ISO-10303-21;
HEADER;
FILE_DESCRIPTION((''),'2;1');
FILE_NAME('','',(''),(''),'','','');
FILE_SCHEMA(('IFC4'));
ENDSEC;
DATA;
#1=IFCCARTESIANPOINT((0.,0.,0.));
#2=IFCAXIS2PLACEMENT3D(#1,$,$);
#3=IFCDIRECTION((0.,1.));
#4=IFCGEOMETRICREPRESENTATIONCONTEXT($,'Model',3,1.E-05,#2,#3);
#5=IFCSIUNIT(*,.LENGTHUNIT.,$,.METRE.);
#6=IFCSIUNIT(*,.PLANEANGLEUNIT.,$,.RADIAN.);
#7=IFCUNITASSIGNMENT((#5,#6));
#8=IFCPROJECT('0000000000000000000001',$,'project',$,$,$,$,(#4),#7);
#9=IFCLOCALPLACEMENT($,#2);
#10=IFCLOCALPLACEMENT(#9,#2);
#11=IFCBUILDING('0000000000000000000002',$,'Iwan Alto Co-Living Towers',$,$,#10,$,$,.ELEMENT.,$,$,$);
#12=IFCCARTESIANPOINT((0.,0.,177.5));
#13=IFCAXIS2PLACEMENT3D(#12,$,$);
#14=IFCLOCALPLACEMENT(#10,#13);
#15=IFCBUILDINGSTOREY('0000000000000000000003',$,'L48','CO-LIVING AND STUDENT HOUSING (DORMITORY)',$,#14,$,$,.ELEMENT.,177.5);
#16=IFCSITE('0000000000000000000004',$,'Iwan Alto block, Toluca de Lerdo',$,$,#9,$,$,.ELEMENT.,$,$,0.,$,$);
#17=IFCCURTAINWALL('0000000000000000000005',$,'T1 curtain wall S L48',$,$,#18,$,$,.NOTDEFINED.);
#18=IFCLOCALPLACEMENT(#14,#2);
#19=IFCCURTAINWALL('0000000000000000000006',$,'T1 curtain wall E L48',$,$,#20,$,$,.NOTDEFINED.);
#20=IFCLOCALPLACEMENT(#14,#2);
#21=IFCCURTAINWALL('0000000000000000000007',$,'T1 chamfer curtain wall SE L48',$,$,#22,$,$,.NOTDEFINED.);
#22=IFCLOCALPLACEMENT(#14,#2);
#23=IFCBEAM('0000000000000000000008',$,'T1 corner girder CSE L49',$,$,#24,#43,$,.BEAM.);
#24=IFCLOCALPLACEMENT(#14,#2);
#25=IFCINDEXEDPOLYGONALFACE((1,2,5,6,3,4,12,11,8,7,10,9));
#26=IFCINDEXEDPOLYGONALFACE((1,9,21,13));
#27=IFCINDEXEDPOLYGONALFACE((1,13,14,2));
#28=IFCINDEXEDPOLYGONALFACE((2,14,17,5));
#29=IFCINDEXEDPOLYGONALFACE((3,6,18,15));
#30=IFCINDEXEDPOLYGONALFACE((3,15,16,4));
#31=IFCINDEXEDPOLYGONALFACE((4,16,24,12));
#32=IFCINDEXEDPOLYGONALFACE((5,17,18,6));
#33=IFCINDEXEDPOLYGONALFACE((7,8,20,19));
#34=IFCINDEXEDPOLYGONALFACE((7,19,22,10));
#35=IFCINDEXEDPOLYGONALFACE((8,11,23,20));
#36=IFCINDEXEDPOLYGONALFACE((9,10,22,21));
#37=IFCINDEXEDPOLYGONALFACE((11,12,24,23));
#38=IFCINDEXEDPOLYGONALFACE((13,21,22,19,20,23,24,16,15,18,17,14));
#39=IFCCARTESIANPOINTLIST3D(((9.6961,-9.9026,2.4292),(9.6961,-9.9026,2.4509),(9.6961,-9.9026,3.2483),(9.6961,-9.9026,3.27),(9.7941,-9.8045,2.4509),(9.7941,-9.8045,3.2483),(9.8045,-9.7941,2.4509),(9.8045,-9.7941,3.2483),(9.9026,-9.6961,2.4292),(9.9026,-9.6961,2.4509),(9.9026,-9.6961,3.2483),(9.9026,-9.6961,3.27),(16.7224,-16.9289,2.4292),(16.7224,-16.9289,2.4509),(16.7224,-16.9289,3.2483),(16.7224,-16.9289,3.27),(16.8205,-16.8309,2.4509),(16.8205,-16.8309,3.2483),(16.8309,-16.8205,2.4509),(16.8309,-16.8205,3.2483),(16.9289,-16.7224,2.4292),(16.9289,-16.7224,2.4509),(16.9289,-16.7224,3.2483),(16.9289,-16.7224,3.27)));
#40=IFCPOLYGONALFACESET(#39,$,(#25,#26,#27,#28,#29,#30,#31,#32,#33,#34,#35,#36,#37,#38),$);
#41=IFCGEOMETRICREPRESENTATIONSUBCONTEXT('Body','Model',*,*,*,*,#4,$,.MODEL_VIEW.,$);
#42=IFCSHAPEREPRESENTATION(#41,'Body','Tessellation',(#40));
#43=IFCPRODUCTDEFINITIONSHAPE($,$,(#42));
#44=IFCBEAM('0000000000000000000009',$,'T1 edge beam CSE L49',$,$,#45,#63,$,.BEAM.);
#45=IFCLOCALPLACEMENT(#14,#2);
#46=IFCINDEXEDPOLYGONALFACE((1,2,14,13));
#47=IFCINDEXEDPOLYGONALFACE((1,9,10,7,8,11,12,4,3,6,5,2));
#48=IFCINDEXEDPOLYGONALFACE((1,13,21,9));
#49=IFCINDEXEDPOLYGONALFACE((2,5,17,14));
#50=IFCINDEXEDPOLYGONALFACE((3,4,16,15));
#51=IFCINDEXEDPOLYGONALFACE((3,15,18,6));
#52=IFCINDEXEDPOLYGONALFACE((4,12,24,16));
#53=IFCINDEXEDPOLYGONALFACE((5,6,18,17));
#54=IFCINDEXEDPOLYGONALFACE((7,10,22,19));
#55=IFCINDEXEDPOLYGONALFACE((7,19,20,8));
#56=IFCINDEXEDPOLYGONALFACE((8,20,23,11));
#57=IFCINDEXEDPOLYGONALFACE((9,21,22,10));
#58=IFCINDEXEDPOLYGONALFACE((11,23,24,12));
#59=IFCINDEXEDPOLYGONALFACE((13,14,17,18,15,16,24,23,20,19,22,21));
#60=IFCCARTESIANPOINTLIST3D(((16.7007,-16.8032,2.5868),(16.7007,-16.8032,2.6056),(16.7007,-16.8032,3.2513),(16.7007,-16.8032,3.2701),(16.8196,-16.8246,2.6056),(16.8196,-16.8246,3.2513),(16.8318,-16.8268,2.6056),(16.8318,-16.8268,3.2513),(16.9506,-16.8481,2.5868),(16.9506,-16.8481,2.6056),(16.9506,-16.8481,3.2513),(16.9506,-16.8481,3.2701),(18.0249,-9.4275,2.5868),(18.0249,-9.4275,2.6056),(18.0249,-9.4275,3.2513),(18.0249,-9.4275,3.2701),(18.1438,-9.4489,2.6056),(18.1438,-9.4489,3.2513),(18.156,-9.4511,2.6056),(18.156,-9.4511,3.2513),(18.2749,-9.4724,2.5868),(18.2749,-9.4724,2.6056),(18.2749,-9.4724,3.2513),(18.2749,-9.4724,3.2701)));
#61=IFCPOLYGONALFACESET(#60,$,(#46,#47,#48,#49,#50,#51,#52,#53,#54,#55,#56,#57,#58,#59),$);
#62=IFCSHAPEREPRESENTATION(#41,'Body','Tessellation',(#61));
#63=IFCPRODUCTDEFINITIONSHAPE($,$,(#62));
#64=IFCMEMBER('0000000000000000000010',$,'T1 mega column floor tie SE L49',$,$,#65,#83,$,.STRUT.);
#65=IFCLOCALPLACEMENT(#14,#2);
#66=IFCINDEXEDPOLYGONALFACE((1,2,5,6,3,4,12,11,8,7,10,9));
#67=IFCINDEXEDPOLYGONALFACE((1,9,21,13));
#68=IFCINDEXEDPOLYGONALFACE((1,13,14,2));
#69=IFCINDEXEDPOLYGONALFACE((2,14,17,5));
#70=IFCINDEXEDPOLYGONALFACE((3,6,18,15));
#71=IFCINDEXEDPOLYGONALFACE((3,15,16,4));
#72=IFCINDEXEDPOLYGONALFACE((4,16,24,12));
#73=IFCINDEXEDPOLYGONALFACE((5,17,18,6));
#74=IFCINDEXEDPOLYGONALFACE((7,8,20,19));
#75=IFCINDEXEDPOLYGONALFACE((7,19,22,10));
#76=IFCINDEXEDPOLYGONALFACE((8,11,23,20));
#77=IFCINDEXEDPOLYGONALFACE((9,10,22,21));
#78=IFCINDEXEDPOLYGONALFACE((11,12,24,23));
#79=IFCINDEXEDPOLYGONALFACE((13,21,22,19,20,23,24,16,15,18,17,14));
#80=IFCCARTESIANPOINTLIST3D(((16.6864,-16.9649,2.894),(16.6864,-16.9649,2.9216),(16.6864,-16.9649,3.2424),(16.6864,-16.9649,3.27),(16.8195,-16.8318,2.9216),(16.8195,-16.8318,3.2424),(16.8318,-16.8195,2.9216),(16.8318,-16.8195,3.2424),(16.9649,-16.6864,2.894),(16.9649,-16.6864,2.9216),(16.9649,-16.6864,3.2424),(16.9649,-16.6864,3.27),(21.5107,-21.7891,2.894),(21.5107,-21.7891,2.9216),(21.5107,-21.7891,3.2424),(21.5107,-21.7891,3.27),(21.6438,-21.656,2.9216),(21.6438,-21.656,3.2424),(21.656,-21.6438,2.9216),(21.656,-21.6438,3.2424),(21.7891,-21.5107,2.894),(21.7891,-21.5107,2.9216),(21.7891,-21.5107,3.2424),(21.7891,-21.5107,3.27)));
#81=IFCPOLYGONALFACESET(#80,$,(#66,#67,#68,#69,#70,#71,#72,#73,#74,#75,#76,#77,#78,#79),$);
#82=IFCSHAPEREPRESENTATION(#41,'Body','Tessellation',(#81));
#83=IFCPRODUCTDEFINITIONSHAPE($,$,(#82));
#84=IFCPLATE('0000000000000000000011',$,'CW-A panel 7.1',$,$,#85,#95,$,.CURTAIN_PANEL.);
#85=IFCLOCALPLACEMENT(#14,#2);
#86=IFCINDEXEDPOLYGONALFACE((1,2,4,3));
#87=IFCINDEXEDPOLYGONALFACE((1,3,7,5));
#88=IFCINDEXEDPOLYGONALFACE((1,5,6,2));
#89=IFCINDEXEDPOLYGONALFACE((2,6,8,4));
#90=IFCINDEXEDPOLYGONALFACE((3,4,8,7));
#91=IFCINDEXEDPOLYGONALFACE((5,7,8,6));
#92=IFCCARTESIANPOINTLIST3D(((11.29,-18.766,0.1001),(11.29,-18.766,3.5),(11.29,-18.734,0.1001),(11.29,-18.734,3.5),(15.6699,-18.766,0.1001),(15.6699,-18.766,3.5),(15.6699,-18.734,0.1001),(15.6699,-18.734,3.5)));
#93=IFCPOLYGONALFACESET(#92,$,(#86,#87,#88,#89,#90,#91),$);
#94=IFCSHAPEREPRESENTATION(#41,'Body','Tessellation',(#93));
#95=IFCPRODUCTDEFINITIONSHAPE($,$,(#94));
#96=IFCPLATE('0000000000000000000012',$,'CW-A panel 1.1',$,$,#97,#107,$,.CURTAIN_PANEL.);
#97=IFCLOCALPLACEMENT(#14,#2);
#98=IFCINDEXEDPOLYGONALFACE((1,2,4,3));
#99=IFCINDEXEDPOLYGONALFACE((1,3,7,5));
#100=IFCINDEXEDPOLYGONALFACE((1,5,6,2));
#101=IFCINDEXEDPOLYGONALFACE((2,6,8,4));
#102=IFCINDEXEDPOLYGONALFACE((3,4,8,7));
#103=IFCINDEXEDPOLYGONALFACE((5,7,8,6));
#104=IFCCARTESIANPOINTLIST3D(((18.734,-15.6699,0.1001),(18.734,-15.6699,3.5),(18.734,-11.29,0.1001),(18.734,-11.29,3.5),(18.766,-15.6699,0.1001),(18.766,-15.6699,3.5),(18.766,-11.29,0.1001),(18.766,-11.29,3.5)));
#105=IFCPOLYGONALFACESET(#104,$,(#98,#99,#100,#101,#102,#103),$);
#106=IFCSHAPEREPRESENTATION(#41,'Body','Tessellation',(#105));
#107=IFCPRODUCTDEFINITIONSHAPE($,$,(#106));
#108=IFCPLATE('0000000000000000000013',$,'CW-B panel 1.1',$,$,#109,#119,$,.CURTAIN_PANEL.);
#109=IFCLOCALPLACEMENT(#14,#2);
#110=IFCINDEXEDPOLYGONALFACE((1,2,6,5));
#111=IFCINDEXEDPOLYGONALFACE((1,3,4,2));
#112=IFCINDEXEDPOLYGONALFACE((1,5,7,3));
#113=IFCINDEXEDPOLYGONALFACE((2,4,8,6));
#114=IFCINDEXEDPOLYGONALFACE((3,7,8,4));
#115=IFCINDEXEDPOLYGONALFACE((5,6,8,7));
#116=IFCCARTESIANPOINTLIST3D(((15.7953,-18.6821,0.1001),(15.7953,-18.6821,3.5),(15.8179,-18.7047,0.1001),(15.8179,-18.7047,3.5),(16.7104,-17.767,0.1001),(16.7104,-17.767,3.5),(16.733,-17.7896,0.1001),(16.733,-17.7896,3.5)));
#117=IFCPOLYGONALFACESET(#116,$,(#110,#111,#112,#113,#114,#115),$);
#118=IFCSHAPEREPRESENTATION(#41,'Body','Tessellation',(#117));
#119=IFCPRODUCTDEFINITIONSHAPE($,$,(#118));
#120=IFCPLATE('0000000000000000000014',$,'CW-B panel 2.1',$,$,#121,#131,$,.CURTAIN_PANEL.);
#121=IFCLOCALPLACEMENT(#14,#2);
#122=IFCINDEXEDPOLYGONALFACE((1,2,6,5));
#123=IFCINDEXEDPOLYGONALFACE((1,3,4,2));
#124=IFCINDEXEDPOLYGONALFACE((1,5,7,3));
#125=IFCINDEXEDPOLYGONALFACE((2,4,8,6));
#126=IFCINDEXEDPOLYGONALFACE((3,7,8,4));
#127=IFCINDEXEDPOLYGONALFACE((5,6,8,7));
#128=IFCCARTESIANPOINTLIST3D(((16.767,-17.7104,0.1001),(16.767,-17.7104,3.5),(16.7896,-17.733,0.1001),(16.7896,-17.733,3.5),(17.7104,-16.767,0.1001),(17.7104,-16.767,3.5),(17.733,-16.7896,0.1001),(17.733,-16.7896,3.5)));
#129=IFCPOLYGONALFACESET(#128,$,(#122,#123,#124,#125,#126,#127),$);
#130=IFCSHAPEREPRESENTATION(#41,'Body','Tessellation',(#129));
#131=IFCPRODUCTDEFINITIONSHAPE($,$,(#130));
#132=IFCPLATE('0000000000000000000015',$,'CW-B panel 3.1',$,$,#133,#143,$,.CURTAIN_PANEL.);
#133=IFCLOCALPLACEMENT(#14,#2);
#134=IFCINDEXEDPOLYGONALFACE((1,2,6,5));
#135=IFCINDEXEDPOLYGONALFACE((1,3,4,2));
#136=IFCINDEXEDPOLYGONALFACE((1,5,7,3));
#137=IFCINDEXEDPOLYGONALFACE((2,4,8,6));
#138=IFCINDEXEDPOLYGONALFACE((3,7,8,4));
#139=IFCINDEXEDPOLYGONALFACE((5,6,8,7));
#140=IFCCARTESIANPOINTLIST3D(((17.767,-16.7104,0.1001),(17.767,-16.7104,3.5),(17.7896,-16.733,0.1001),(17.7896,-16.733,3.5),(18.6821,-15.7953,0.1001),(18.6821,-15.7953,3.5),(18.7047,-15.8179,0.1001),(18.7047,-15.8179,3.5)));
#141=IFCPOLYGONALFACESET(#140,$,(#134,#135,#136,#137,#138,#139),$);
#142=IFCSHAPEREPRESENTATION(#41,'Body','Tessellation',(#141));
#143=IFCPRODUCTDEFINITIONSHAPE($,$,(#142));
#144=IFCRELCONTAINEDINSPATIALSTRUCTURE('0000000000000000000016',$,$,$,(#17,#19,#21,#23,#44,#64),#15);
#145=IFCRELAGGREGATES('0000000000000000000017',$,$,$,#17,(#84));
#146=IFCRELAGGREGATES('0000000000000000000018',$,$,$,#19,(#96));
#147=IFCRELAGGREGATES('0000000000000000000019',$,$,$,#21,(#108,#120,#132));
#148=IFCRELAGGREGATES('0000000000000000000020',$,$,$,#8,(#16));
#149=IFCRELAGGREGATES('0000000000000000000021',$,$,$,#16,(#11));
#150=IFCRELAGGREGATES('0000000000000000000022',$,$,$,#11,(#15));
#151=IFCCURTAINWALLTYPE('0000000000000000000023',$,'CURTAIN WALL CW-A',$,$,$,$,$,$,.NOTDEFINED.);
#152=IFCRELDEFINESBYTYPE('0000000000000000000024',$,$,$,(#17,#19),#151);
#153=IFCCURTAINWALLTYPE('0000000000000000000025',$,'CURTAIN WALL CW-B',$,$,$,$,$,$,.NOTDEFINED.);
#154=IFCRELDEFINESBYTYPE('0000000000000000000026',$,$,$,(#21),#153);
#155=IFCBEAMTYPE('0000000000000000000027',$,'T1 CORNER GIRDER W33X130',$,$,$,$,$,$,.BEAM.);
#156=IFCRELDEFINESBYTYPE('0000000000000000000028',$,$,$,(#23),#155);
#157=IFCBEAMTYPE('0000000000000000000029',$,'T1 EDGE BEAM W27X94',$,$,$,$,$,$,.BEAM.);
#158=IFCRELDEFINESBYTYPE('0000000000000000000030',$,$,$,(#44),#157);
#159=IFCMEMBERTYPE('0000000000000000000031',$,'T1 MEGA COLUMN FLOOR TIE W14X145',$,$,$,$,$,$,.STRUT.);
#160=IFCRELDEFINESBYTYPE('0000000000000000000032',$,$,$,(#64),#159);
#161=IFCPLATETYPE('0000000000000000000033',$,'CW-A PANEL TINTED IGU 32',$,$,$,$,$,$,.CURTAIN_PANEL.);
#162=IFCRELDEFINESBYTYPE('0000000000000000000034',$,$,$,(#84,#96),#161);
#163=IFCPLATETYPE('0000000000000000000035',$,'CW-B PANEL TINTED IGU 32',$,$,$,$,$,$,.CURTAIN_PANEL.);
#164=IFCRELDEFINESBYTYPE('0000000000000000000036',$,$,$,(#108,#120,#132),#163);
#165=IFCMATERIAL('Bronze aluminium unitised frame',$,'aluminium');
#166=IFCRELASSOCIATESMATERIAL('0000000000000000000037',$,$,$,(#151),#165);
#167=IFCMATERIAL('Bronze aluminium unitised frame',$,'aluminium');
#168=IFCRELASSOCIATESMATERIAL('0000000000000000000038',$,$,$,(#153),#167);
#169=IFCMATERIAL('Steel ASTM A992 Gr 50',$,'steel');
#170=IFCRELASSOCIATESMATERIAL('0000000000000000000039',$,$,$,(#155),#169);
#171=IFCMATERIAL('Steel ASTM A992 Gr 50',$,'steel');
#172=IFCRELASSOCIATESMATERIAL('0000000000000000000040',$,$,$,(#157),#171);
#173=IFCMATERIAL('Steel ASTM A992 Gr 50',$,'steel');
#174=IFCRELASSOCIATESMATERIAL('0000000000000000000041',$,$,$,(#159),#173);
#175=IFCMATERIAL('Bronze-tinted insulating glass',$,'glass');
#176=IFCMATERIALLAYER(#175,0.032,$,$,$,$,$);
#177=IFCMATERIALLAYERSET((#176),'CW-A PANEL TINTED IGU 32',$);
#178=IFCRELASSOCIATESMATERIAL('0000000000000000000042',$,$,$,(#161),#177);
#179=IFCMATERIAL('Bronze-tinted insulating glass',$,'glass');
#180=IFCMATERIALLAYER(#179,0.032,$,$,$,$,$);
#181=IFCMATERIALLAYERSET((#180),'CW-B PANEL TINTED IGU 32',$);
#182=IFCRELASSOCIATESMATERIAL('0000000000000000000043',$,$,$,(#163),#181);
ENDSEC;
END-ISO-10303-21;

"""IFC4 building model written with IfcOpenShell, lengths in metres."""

from ifc_helpers import new_model, si_unit, direction, frame, origin, origin_2d, place, context, subcontext, project, spatial, rectangle, i_section, extrude, material, layer, layer_set, material_profile, profile_set, type_object, element, aggregate, save


model = new_model("IFC4")

# Units and contexts
model_context = context("Model", 3, precision=1e-05, world=origin(), true_north=direction((0.0, 1.0)))
body_context = subcontext(model_context, "Body", "Model", "MODEL_VIEW")
ifc_project = project(units=[si_unit("LENGTHUNIT", "METRE"), si_unit("PLANEANGLEUNIT", "RADIAN")], contexts=[model_context])

# Site, building, storey
site_placement = place(None, origin())
site = spatial("IfcSite", under=ifc_project, at=site_placement, Name="Iwan Alto block, Toluca de Lerdo", CompositionType="ELEMENT", RefElevation=0.0)
building_placement = place(site_placement, origin())
building = spatial("IfcBuilding", under=site, at=building_placement, Name="Iwan Alto Co-Living Towers", CompositionType="ELEMENT")
storey_placement = place(building_placement, frame((0.0, 0.0, 177.5)))
storey = spatial("IfcBuildingStorey", under=building, at=storey_placement, Name="L48", Description="CO-LIVING AND STUDENT HOUSING (DORMITORY)", CompositionType="ELEMENT", Elevation=177.5)

# Curtain wall
ifc_material_1 = material(Name="Bronze aluminium unitised frame", Category="aluminium")
curtain_wall_type_1 = type_object("IfcCurtainWallType", Name="CURTAIN WALL CW-A", PredefinedType="NOTDEFINED", material=ifc_material_1)
curtain_wall_1_placement = place(storey_placement, origin())
curtain_wall_1 = element("IfcCurtainWall", 1, at=curtain_wall_1_placement, inside=storey, type_object=curtain_wall_type_1, Name="T1 curtain wall S L48", PredefinedType="NOTDEFINED")

# Curtain walls
curtain_wall_2_placement = place(storey_placement, origin())
curtain_wall_2 = element("IfcCurtainWall", 2, at=curtain_wall_2_placement, inside=storey, type_object=curtain_wall_type_1, Name="T1 curtain wall E L48", PredefinedType="NOTDEFINED")
ifc_material_2 = material(Name="Bronze aluminium unitised frame", Category="aluminium")
curtain_wall_type_2 = type_object("IfcCurtainWallType", Name="CURTAIN WALL CW-B", PredefinedType="NOTDEFINED", material=ifc_material_2)
curtain_wall_3_placement = place(storey_placement, origin())
curtain_wall_3 = element("IfcCurtainWall", 3, at=curtain_wall_3_placement, inside=storey, type_object=curtain_wall_type_2, Name="T1 chamfer curtain wall SE L48", PredefinedType="NOTDEFINED")

# Beams
ifc_material_3 = material(Name="Steel ASTM A992 Gr 50", Category="steel")
ifc_material_profile_1 = material_profile(ifc_material_3, i_section(OverallWidth=0.292, OverallDepth=0.8408, WebThickness=0.0146, FlangeThickness=0.0217, at=origin_2d()), Name="W33X130")
ifc_profile_set_1 = profile_set([ifc_material_profile_1], Name="Steel ASTM A992 Gr 50")
beam_type_1 = type_object("IfcBeamType", Name="T1 CORNER GIRDER W33X130", PredefinedType="BEAM", material=ifc_profile_set_1)
beam_1_placement = place(storey_placement, frame((16.8257, -16.8257, 2.8496), z_axis=(-0.707107, 0.707107, 0.0), x_axis=(-0.707107, -0.707107, 0.0)))
element("IfcBeam", 4, at=beam_1_placement, inside=storey, type_object=beam_type_1, Name="T1 corner girder CSE L49", PredefinedType="BEAM", context=body_context, shape_type="SweptSolid", body=[
    extrude(i_section(OverallWidth=0.292, OverallDepth=0.8408, WebThickness=0.0146, FlangeThickness=0.0217, at=origin_2d()), origin(), (0.0, 0.0, 1.0), 9.9368),
])
ifc_material_4 = material(Name="Steel ASTM A992 Gr 50", Category="steel")
ifc_material_profile_2 = material_profile(ifc_material_4, i_section(OverallWidth=0.2539, OverallDepth=0.6833, WebThickness=0.0125, FlangeThickness=0.0188, at=origin_2d()), Name="W27X94")
ifc_profile_set_2 = profile_set([ifc_material_profile_2], Name="Steel ASTM A992 Gr 50")
beam_type_2 = type_object("IfcBeamType", Name="T1 EDGE BEAM W27X94", PredefinedType="BEAM", material=ifc_profile_set_2)
beam_2_placement = place(storey_placement, frame((16.8257, -16.8257, 2.9285), z_axis=(0.176712, 0.984263, 0.0), x_axis=(-0.984263, 0.176712, 0.0)))
element("IfcBeam", 5, at=beam_2_placement, inside=storey, type_object=beam_type_2, Name="T1 edge beam CSE L49", PredefinedType="BEAM", context=body_context, shape_type="SweptSolid", body=[
    extrude(i_section(OverallWidth=0.2539, OverallDepth=0.6833, WebThickness=0.0125, FlangeThickness=0.0188, at=origin_2d()), origin(), (0.0, 0.0, 1.0), 7.4937),
])

# Member
ifc_material_5 = material(Name="Steel ASTM A992 Gr 50", Category="steel")
ifc_material_profile_3 = material_profile(ifc_material_5, i_section(OverallWidth=0.3938, OverallDepth=0.376, WebThickness=0.0173, FlangeThickness=0.0276, at=origin_2d()), Name="W14X145")
ifc_profile_set_3 = profile_set([ifc_material_profile_3], Name="Steel ASTM A992 Gr 50")
member_type_1 = type_object("IfcMemberType", Name="T1 MEGA COLUMN FLOOR TIE W14X145", PredefinedType="STRUT", material=ifc_profile_set_3)
member_1_placement = place(storey_placement, frame((21.6499, -21.6499, 3.082), z_axis=(-0.707107, 0.707107, 0.0), x_axis=(-0.707107, -0.707107, 0.0)))
element("IfcMember", 6, at=member_1_placement, inside=storey, type_object=member_type_1, Name="T1 mega column floor tie SE L49", PredefinedType="STRUT", context=body_context, shape_type="SweptSolid", body=[
    extrude(i_section(OverallWidth=0.3938, OverallDepth=0.376, WebThickness=0.0173, FlangeThickness=0.0276, at=origin_2d()), origin(), (0.0, 0.0, 1.0), 6.8225),
])

# Plates
ifc_material_6 = material(Name="Bronze-tinted insulating glass", Category="glass")
ifc_layer_1 = layer(ifc_material_6, 0.032)
ifc_layer_set_1 = layer_set([ifc_layer_1], Name="CW-A PANEL TINTED IGU 32")
plate_type_1 = type_object("IfcPlateType", Name="CW-A PANEL TINTED IGU 32", PredefinedType="CURTAIN_PANEL", material=ifc_layer_set_1)
plate_1_placement = place(storey_placement, frame((13.48, -18.75, 0.1001), z_axis=(0.0, 0.0, 1.0), x_axis=(1.0, 0.0, 0.0)))
plate_1 = element("IfcPlate", 7, at=plate_1_placement, type_object=plate_type_1, Name="CW-A panel 7.1", PredefinedType="CURTAIN_PANEL", context=body_context, shape_type="SweptSolid", body=[
    extrude(rectangle(XDim=4.3799, YDim=0.032, at=origin_2d()), origin(), (0.0, 0.0, 1.0), 3.3999),
])
aggregate(curtain_wall_1, [plate_1])
plate_2_placement = place(storey_placement, frame((18.75, -13.48, 0.1001), z_axis=(0.0, 0.0, 1.0), x_axis=(0.0, 1.0, 0.0)))
plate_2 = element("IfcPlate", 8, at=plate_2_placement, type_object=plate_type_1, Name="CW-A panel 1.1", PredefinedType="CURTAIN_PANEL", context=body_context, shape_type="SweptSolid", body=[
    extrude(rectangle(XDim=4.3799, YDim=0.032, at=origin_2d()), origin(), (0.0, 0.0, 1.0), 3.3999),
])
aggregate(curtain_wall_2, [plate_2])
ifc_material_7 = material(Name="Bronze-tinted insulating glass", Category="glass")
ifc_layer_2 = layer(ifc_material_7, 0.032)
ifc_layer_set_2 = layer_set([ifc_layer_2], Name="CW-B PANEL TINTED IGU 32")
plate_type_2 = type_object("IfcPlateType", Name="CW-B PANEL TINTED IGU 32", PredefinedType="CURTAIN_PANEL", material=ifc_layer_set_2)
plate_3_placement = place(storey_placement, frame((16.2642, -18.2358, 0.1001), z_axis=(0.0, 0.0, 1.0), x_axis=(0.707107, 0.707107, 0.0)))
plate_3 = element("IfcPlate", 9, at=plate_3_placement, type_object=plate_type_2, Name="CW-B panel 1.1", PredefinedType="CURTAIN_PANEL", context=body_context, shape_type="SweptSolid", body=[
    extrude(rectangle(XDim=1.2942, YDim=0.032, at=origin_2d()), origin(), (0.0, 0.0, 1.0), 3.3999),
])
plate_4_placement = place(storey_placement, frame((17.25, -17.25, 0.1001), z_axis=(0.0, 0.0, 1.0), x_axis=(0.707107, 0.707107, 0.0)))
plate_4 = element("IfcPlate", 10, at=plate_4_placement, type_object=plate_type_2, Name="CW-B panel 2.1", PredefinedType="CURTAIN_PANEL", context=body_context, shape_type="SweptSolid", body=[
    extrude(rectangle(XDim=1.3342, YDim=0.032, at=origin_2d()), origin(), (0.0, 0.0, 1.0), 3.3999),
])
plate_5_placement = place(storey_placement, frame((18.2358, -16.2642, 0.1001), z_axis=(0.0, 0.0, 1.0), x_axis=(0.707107, 0.707107, 0.0)))
plate_5 = element("IfcPlate", 11, at=plate_5_placement, type_object=plate_type_2, Name="CW-B panel 3.1", PredefinedType="CURTAIN_PANEL", context=body_context, shape_type="SweptSolid", body=[
    extrude(rectangle(XDim=1.2942, YDim=0.032, at=origin_2d()), origin(), (0.0, 0.0, 1.0), 3.3999),
])
aggregate(curtain_wall_3, [plate_3, plate_4, plate_5])

save(model, "model.ifc")
